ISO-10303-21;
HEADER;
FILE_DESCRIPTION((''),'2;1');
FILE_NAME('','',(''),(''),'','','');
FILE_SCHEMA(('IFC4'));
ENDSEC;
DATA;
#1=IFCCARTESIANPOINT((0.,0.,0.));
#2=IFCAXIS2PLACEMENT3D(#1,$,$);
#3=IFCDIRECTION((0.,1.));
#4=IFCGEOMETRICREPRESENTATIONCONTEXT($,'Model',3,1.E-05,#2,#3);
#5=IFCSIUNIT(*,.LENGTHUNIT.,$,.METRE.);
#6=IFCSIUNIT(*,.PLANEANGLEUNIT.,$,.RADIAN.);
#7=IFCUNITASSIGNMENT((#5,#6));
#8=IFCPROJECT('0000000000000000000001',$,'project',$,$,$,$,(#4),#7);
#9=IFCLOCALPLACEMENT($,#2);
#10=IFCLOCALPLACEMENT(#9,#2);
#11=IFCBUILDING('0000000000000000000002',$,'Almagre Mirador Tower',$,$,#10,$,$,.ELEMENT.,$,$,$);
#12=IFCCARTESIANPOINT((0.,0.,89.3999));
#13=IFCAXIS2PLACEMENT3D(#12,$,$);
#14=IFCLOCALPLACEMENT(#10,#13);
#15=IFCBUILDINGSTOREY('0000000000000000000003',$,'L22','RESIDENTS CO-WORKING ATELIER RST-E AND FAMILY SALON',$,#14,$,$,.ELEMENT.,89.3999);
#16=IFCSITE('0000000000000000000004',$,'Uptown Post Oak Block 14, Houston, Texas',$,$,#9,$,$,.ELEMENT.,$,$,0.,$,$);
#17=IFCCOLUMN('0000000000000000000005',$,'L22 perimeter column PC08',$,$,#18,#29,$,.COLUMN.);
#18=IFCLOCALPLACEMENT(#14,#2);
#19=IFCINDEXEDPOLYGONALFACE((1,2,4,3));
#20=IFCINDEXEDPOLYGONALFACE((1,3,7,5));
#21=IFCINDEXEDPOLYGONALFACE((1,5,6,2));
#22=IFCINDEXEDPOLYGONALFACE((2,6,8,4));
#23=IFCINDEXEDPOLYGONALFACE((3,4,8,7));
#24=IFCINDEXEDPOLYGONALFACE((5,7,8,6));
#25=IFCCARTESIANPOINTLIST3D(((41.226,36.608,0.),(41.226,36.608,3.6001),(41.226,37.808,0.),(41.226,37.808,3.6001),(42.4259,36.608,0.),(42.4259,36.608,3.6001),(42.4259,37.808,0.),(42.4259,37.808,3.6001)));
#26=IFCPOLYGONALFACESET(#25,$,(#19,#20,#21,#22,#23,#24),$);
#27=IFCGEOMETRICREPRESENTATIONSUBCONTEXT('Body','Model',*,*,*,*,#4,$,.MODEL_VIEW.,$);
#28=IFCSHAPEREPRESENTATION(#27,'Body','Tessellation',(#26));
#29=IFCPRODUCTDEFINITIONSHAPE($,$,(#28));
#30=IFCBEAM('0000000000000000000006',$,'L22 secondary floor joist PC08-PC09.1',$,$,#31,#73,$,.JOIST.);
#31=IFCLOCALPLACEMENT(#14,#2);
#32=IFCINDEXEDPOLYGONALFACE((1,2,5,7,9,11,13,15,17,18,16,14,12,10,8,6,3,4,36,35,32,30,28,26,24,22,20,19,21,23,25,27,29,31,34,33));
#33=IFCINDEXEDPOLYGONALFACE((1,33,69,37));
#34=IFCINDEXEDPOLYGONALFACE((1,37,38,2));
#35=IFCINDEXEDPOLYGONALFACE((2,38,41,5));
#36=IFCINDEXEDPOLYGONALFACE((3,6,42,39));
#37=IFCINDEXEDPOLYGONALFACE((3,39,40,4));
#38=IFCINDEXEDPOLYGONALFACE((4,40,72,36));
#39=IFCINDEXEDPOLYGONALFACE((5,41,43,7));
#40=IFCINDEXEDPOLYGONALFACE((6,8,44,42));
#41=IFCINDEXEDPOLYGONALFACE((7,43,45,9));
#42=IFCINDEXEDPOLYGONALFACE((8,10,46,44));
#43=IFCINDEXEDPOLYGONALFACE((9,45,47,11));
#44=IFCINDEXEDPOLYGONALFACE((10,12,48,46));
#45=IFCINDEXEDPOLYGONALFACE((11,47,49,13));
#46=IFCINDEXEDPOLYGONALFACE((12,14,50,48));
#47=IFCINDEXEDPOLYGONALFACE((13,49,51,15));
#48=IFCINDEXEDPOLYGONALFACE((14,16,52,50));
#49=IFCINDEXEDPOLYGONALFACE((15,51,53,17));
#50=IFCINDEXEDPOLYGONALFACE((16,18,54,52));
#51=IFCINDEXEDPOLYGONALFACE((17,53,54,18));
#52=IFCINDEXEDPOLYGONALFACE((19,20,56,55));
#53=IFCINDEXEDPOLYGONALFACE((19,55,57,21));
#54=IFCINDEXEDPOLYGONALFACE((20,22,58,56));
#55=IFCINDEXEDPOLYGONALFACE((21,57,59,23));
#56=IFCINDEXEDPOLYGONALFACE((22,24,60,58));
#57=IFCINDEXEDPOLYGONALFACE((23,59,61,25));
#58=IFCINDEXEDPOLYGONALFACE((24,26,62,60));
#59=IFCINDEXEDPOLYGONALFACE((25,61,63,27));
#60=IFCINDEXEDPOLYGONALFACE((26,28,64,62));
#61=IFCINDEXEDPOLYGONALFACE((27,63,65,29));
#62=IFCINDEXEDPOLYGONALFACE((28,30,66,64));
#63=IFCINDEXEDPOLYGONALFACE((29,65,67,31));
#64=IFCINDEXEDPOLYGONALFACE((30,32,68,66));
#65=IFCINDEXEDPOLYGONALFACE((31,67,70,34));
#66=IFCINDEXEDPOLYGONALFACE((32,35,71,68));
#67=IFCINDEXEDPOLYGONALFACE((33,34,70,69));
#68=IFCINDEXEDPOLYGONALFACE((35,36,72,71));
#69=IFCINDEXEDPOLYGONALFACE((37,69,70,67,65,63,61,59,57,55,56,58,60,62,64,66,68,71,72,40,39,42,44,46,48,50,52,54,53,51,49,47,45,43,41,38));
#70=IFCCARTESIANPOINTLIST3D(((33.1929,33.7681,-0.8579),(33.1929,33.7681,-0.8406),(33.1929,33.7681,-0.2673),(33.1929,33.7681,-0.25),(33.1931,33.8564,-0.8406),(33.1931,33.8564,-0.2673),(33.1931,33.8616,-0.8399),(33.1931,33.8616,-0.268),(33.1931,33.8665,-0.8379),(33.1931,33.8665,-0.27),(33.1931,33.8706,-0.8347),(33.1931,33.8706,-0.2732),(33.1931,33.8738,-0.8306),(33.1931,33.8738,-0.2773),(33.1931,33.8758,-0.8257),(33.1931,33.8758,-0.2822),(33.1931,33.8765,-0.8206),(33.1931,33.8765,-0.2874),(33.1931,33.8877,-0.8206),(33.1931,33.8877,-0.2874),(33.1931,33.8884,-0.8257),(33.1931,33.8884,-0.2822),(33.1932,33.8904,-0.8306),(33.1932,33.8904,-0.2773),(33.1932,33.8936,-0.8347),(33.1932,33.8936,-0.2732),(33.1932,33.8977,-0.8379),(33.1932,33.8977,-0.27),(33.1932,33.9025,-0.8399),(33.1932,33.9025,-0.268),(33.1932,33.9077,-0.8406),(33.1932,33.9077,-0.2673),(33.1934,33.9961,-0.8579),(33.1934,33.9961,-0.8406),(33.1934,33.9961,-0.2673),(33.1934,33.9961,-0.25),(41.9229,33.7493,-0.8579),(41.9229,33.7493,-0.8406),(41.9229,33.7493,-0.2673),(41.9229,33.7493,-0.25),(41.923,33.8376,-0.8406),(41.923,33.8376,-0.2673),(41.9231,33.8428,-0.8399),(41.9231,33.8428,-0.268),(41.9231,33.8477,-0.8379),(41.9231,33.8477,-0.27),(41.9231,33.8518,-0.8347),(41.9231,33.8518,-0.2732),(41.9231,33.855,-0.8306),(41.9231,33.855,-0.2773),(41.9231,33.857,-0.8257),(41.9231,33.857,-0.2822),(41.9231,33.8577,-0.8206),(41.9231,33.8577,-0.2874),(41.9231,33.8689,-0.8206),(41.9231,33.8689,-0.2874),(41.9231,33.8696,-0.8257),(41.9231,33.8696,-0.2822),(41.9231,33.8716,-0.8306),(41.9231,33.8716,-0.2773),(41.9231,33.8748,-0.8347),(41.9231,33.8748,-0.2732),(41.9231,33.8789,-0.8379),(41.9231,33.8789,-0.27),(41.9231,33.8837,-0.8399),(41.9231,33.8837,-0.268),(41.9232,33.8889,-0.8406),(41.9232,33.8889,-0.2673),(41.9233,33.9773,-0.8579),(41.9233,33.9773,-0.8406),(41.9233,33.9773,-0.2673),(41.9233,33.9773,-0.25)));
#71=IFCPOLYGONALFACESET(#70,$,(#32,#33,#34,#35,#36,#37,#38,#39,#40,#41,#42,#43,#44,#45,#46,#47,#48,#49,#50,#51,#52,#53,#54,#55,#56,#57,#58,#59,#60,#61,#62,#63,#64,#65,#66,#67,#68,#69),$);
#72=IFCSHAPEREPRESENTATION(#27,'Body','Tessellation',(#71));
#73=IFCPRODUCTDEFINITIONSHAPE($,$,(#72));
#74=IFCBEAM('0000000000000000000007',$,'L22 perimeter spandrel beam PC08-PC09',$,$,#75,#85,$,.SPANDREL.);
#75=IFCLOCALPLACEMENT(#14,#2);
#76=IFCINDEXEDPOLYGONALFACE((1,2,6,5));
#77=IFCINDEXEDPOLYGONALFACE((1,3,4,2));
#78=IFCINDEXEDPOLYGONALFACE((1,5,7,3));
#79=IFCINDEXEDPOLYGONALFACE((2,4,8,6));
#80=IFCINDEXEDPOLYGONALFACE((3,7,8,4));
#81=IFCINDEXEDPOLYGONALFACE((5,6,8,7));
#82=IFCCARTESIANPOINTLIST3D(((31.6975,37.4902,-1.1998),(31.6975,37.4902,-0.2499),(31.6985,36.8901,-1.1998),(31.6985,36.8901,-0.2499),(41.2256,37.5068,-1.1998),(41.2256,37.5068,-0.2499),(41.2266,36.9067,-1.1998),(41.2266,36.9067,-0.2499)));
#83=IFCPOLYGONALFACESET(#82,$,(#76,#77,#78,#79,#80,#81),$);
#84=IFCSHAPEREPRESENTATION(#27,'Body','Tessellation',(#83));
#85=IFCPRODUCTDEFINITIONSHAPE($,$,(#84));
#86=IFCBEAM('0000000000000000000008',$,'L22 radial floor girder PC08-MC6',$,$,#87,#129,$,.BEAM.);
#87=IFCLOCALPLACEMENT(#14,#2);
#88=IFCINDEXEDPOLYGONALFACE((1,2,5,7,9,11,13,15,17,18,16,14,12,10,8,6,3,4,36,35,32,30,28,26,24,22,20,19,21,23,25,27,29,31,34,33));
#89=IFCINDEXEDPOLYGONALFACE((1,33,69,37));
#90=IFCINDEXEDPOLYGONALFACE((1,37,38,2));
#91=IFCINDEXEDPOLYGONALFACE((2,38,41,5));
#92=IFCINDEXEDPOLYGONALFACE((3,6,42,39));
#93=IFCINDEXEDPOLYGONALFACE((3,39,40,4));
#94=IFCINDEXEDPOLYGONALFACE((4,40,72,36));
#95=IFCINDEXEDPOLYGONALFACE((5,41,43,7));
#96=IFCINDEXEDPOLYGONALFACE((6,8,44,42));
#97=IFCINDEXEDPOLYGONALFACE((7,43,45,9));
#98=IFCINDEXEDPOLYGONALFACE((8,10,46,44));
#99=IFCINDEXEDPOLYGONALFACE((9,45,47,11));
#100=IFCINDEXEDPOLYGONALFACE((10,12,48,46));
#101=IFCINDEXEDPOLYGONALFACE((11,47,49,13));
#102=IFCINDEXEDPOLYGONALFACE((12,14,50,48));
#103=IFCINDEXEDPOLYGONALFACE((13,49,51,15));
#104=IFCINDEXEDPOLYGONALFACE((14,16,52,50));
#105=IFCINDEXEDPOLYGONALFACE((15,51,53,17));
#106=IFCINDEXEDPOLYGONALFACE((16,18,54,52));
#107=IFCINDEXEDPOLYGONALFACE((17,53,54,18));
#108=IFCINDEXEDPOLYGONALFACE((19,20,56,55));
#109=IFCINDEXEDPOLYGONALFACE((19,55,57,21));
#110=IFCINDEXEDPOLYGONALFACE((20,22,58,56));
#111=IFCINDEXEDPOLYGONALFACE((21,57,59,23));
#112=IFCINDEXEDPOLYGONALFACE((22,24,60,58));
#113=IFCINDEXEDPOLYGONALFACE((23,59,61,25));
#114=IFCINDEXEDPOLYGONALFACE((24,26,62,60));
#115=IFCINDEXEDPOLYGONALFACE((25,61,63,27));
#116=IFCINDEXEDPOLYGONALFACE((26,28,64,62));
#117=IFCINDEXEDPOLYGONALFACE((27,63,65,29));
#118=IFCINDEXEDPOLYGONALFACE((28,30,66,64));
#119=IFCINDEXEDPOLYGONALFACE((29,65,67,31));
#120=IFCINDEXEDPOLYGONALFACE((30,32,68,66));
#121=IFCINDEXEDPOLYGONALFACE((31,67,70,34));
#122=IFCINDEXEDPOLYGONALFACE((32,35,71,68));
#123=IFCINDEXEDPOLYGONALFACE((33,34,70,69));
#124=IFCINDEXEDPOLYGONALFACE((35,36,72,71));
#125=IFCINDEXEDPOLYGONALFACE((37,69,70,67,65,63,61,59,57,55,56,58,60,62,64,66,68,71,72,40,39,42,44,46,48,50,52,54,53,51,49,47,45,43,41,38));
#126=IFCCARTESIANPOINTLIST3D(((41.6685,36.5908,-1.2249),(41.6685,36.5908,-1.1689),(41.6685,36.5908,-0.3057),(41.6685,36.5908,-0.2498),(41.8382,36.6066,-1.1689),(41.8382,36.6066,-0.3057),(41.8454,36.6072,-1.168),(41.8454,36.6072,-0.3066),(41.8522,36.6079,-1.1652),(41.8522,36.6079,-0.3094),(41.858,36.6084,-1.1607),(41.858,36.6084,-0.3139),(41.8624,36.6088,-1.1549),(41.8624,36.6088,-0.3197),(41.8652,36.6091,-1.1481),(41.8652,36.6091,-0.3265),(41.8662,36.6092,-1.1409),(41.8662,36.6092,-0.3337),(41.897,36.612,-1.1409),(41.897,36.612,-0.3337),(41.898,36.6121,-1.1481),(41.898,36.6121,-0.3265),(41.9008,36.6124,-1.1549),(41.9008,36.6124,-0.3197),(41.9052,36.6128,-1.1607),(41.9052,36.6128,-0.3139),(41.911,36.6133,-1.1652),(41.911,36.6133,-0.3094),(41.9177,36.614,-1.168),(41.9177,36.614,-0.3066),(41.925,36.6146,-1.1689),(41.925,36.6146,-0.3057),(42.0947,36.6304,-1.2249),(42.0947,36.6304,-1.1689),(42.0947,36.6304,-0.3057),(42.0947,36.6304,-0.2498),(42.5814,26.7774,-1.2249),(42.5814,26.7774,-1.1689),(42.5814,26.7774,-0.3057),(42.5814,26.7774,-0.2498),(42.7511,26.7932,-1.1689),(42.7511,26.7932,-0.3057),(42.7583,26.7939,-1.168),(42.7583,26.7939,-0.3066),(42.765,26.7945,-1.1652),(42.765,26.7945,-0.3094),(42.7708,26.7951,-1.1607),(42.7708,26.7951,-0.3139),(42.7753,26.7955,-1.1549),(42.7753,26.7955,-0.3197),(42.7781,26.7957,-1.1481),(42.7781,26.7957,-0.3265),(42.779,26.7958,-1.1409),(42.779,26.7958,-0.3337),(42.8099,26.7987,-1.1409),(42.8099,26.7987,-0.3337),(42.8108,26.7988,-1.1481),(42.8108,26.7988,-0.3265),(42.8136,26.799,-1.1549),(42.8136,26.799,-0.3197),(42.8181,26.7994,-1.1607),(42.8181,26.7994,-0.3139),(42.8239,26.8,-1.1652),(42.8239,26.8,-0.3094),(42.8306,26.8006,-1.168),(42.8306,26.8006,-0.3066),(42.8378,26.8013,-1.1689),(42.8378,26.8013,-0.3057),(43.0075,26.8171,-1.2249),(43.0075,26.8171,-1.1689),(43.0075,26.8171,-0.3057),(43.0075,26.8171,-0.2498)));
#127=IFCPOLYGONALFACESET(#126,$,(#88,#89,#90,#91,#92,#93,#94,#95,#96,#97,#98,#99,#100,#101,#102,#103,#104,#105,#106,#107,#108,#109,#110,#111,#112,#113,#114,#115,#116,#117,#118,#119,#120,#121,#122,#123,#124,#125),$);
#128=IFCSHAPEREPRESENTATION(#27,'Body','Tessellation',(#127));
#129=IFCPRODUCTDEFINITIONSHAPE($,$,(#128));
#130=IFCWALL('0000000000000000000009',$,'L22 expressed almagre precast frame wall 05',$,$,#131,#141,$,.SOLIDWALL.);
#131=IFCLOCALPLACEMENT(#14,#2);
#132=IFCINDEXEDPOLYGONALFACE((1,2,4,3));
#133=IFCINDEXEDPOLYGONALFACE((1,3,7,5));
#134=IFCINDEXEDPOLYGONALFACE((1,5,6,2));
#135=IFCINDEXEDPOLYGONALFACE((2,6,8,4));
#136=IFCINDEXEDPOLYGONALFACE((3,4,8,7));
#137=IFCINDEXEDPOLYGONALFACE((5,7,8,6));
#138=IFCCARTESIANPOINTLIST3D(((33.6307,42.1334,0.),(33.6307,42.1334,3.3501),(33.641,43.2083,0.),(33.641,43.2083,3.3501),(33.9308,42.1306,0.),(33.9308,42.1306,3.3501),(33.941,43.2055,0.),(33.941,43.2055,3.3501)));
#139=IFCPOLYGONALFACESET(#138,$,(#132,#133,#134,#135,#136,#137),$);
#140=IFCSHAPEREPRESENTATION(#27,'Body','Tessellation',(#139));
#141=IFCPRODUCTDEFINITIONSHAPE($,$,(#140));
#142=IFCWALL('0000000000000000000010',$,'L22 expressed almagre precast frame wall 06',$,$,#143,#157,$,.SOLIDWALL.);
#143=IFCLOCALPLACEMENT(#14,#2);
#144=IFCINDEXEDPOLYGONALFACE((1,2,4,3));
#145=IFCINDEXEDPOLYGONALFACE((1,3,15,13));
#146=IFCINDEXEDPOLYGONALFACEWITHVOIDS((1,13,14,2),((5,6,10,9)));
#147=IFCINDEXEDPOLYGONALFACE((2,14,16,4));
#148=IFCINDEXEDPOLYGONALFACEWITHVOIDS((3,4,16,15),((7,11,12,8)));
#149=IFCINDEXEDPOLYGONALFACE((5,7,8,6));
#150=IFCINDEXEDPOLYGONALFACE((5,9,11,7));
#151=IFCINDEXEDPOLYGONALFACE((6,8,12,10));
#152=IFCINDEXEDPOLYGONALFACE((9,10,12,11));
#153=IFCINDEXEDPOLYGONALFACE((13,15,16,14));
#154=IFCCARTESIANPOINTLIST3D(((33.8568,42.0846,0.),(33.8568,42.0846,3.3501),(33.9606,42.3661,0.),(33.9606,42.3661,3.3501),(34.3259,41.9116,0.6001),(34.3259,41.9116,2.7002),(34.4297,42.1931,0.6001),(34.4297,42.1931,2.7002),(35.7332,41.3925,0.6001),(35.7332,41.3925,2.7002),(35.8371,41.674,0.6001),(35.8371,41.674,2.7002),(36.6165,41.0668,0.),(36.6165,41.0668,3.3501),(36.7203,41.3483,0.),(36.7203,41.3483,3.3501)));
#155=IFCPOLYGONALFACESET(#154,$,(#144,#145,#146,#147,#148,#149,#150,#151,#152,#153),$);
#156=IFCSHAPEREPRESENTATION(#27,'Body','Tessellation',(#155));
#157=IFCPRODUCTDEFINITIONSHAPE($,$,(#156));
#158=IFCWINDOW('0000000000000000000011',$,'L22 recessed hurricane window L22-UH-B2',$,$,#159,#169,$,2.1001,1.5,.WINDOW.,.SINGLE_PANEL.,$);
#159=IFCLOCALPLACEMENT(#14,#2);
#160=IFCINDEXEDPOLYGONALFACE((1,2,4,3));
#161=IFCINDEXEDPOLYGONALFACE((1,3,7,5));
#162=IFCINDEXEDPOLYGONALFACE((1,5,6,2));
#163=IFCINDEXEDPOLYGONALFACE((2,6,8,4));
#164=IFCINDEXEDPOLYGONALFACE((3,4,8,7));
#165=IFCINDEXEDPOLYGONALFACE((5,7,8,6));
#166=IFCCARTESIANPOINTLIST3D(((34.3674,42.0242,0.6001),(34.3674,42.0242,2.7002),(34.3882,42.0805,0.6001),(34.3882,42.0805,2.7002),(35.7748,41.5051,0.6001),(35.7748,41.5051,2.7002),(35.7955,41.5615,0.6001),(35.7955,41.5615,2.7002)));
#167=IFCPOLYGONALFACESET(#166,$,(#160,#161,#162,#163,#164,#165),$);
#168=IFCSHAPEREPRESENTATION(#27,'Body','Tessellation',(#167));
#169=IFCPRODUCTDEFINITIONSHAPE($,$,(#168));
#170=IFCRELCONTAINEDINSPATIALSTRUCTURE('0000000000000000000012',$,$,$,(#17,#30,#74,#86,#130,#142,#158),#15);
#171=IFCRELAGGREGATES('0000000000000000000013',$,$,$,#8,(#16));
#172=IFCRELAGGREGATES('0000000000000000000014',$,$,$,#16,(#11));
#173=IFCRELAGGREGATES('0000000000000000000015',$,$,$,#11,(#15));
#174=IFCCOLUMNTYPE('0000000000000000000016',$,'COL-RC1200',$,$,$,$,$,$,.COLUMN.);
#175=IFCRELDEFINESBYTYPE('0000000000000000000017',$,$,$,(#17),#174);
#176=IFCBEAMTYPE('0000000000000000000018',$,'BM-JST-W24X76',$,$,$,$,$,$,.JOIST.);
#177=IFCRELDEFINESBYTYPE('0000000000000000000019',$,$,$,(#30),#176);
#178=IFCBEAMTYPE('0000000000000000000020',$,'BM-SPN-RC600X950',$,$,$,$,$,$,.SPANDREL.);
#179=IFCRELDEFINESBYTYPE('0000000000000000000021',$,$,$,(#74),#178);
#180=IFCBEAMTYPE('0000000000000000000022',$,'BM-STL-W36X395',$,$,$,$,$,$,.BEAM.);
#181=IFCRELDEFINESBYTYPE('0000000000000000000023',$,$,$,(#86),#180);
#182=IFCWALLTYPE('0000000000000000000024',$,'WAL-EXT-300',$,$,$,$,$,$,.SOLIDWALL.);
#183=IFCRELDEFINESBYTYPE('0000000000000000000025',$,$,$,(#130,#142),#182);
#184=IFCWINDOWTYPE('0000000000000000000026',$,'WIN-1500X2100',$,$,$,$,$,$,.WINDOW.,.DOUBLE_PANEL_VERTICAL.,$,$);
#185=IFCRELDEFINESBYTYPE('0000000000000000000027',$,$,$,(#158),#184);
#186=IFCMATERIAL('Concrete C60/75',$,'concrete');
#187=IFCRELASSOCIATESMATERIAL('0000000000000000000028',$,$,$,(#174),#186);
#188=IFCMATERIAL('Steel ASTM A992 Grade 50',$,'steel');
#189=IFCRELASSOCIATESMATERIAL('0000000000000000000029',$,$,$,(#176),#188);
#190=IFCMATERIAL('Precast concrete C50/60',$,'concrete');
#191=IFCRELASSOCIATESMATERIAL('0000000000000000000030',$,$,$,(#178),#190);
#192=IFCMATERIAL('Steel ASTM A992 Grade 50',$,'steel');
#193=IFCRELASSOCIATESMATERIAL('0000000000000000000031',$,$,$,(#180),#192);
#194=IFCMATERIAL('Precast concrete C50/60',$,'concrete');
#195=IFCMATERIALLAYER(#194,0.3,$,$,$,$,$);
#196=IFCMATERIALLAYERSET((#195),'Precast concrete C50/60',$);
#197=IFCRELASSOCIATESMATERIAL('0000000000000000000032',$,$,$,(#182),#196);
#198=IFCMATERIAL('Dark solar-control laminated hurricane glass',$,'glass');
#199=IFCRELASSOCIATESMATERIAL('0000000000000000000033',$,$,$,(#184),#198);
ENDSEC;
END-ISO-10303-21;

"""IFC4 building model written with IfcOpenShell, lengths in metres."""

from ifc_helpers import new_model, si_unit, direction, frame, frame_2d, origin, origin_2d, place, context, subcontext, project, spatial, rectangle, i_section, extrude, material, layer, layer_set, material_profile, profile_set, type_object, element, fill, save


model = new_model("IFC4")

# Units and contexts
model_context = context("Model", 3, precision=1e-05, world=origin(), true_north=direction((0.0, 1.0)))
body_context = subcontext(model_context, "Body", "Model", "MODEL_VIEW")
ifc_project = project(units=[si_unit("LENGTHUNIT", "METRE"), si_unit("PLANEANGLEUNIT", "RADIAN")], contexts=[model_context])

# Site, building, storey
site_placement = place(None, origin())
site = spatial("IfcSite", under=ifc_project, at=site_placement, Name="Uptown Post Oak Block 14, Houston, Texas", CompositionType="ELEMENT", RefElevation=0.0)
building_placement = place(site_placement, origin())
building = spatial("IfcBuilding", under=site, at=building_placement, Name="Almagre Mirador Tower", CompositionType="ELEMENT")
storey_placement = place(building_placement, frame((0.0, 0.0, 89.3999)))
storey = spatial("IfcBuildingStorey", under=building, at=storey_placement, Name="L22", Description="RESIDENTS CO-WORKING ATELIER RST-E AND FAMILY SALON", CompositionType="ELEMENT", Elevation=89.3999)

# Column
ifc_material_1 = material(Name="Concrete C60/75", Category="concrete")
ifc_material_profile_1 = material_profile(ifc_material_1, rectangle(XDim=1.2, YDim=1.2, at=origin_2d()), Name="RC1200X1200")
ifc_profile_set_1 = profile_set([ifc_material_profile_1], Name="Concrete C60/75")
column_type = type_object("IfcColumnType", Name="COL-RC1200", PredefinedType="COLUMN", material=ifc_profile_set_1)
column_placement = place(storey_placement, frame((41.8259, 37.208, 0.0), z_axis=(0.0, 0.0, 1.0), x_axis=(1.0, 0.0, 0.0)))
element("IfcColumn", 1, at=column_placement, inside=storey, type_object=column_type, Name="L22 perimeter column PC08", PredefinedType="COLUMN", context=body_context, shape_type="SweptSolid", body=[
    extrude(rectangle(XDim=1.2, YDim=1.2, at=origin_2d()), origin(), (0.0, 0.0, 1.0), 3.6001),
])

# Beams
ifc_material_2 = material(Name="Steel ASTM A992 Grade 50", Category="steel")
ifc_material_profile_2 = material_profile(ifc_material_2, i_section(OverallWidth=0.228, OverallDepth=0.6079, WebThickness=0.0112, FlangeThickness=0.0173, FilletRadius=0.02, at=origin_2d()), Name="W24X76")
ifc_profile_set_2 = profile_set([ifc_material_profile_2], Name="Steel ASTM A992 Grade 50")
beam_type_1 = type_object("IfcBeamType", Name="BM-JST-W24X76", PredefinedType="JOIST", material=ifc_profile_set_2)
beam_1_placement = place(storey_placement, frame((41.9231, 33.8633, -0.554), z_axis=(-0.999998, 0.002153, 0.0), x_axis=(-0.002153, -0.999998, 0.0)))
element("IfcBeam", 2, at=beam_1_placement, inside=storey, type_object=beam_type_1, Name="L22 secondary floor joist PC08-PC09.1", PredefinedType="JOIST", context=body_context, shape_type="SweptSolid", body=[
    extrude(i_section(OverallWidth=0.228, OverallDepth=0.6079, WebThickness=0.0112, FlangeThickness=0.0173, FilletRadius=0.02, at=origin_2d()), origin(), (0.0, 0.0, 1.0), 8.73),
])
ifc_material_3 = material(Name="Precast concrete C50/60", Category="concrete")
ifc_material_profile_3 = material_profile(ifc_material_3, rectangle(XDim=0.6001, YDim=0.95, at=origin_2d()), Name="RC600X950")
ifc_profile_set_3 = profile_set([ifc_material_profile_3], Name="Precast concrete C50/60")
beam_type_2 = type_object("IfcBeamType", Name="BM-SPN-RC600X950", PredefinedType="SPANDREL", material=ifc_profile_set_3)
beam_2_placement = place(storey_placement, frame((41.2261, 37.2068, -0.7249), z_axis=(-0.999998, -0.001742, 0.0), x_axis=(0.001742, -0.999998, 0.0)))
element("IfcBeam", 3, at=beam_2_placement, inside=storey, type_object=beam_type_2, Name="L22 perimeter spandrel beam PC08-PC09", PredefinedType="SPANDREL", context=body_context, shape_type="SweptSolid", body=[
    extrude(rectangle(XDim=0.6001, YDim=0.95, at=origin_2d()), origin(), (0.0, 0.0, 1.0), 9.5281),
])
ifc_material_4 = material(Name="Steel ASTM A992 Grade 50", Category="steel")
ifc_material_profile_4 = material_profile(ifc_material_4, i_section(OverallWidth=0.428, OverallDepth=0.9751, WebThickness=0.031, FlangeThickness=0.0559, FilletRadius=0.0281, at=origin_2d()), Name="W36X395")
ifc_profile_set_4 = profile_set([ifc_material_profile_4], Name="Steel ASTM A992 Grade 50")
beam_type_3 = type_object("IfcBeamType", Name="BM-STL-W36X395", PredefinedType="BEAM", material=ifc_profile_set_4)
beam_3_placement = place(storey_placement, frame((41.8816, 36.6106, -0.7373), z_axis=(0.092622, -0.995701, 0.0), x_axis=(0.995701, 0.092622, 0.0)))
element("IfcBeam", 4, at=beam_3_placement, inside=storey, type_object=beam_type_3, Name="L22 radial floor girder PC08-MC6", PredefinedType="BEAM", context=body_context, shape_type="SweptSolid", body=[
    extrude(i_section(OverallWidth=0.428, OverallDepth=0.9751, WebThickness=0.031, FlangeThickness=0.0559, FilletRadius=0.0281, at=origin_2d()), origin(), (0.0, 0.0, 1.0), 9.8557),
])

# Wall
ifc_material_5 = material(Name="Precast concrete C50/60", Category="concrete")
ifc_layer_1 = layer(ifc_material_5, 0.3)
ifc_layer_set_1 = layer_set([ifc_layer_1], Name="Precast concrete C50/60")
wall_type_1 = type_object("IfcWallType", Name="WAL-EXT-300", PredefinedType="SOLIDWALL", material=ifc_layer_set_1)
wall_1_placement = place(storey_placement, frame((33.791, 43.207, 0.0), z_axis=(0.0, 0.0, 1.0), x_axis=(-0.009539, -0.999955, 0.0)))
element("IfcWall", 5, at=wall_1_placement, inside=storey, type_object=wall_type_1, Name="L22 expressed almagre precast frame wall 05", PredefinedType="SOLIDWALL", context=body_context, shape_type="SweptSolid", body=[
    extrude(rectangle(XDim=1.075, YDim=0.3, at=frame_2d((0.5376, 0.0))), origin(), (0.0, 0.0, 1.0), 3.3501),
])

# Wall, opening, window
wall_2_placement = place(storey_placement, frame((33.9087, 42.2253, 0.0), z_axis=(0.0, 0.0, 1.0), x_axis=(0.938225, -0.346025, 0.0)))
wall_2 = element("IfcWall", 6, at=wall_2_placement, inside=storey, type_object=wall_type_1, Name="L22 expressed almagre precast frame wall 06", PredefinedType="SOLIDWALL", context=body_context, shape_type="SweptSolid", body=[
    extrude(rectangle(XDim=2.9414, YDim=0.3, at=frame_2d((1.4707, 0.0))), origin(), (0.0, 0.0, 1.0), 3.3501),
])
opening_1_placement = place(wall_2_placement, frame((0.5, 0.0, 0.6001)))
opening_1 = element("IfcOpeningElement", 7, at=opening_1_placement, cuts=wall_2, PredefinedType="OPENING", context=body_context, shape_type="SweptSolid", body=[
    extrude(rectangle(XDim=1.5, YDim=2.1001, at=frame_2d((0.75, 1.05))), frame((0.0, 0.1599, 0.0), z_axis=(0.0, -1.0, 0.0), x_axis=(1.0, 0.0, 0.0)), (0.0, 0.0, 1.0), 0.32),
])
ifc_material_6 = material(Name="Dark solar-control laminated hurricane glass", Category="glass")
window_type_1 = type_object("IfcWindowType", Name="WIN-1500X2100", PartitioningType="DOUBLE_PANEL_VERTICAL", PredefinedType="WINDOW", material=ifc_material_6)
window_1_placement = place(opening_1_placement, origin())
window_1 = element("IfcWindow", 8, at=window_1_placement, inside=storey, type_object=window_type_1, Name="L22 recessed hurricane window L22-UH-B2", OverallHeight=2.1001, OverallWidth=1.5, PartitioningType="SINGLE_PANEL", PredefinedType="WINDOW", context=body_context, shape_type="SweptSolid", body=[
    extrude(rectangle(XDim=1.5, YDim=2.1001, at=frame_2d((0.75, 1.05))), frame((0.0, 0.03, 0.0), z_axis=(0.0, -1.0, 0.0), x_axis=(1.0, 0.0, 0.0)), (0.0, 0.0, 1.0), 0.0601),
])
fill(opening_1, window_1)

save(model, "model.ifc")
